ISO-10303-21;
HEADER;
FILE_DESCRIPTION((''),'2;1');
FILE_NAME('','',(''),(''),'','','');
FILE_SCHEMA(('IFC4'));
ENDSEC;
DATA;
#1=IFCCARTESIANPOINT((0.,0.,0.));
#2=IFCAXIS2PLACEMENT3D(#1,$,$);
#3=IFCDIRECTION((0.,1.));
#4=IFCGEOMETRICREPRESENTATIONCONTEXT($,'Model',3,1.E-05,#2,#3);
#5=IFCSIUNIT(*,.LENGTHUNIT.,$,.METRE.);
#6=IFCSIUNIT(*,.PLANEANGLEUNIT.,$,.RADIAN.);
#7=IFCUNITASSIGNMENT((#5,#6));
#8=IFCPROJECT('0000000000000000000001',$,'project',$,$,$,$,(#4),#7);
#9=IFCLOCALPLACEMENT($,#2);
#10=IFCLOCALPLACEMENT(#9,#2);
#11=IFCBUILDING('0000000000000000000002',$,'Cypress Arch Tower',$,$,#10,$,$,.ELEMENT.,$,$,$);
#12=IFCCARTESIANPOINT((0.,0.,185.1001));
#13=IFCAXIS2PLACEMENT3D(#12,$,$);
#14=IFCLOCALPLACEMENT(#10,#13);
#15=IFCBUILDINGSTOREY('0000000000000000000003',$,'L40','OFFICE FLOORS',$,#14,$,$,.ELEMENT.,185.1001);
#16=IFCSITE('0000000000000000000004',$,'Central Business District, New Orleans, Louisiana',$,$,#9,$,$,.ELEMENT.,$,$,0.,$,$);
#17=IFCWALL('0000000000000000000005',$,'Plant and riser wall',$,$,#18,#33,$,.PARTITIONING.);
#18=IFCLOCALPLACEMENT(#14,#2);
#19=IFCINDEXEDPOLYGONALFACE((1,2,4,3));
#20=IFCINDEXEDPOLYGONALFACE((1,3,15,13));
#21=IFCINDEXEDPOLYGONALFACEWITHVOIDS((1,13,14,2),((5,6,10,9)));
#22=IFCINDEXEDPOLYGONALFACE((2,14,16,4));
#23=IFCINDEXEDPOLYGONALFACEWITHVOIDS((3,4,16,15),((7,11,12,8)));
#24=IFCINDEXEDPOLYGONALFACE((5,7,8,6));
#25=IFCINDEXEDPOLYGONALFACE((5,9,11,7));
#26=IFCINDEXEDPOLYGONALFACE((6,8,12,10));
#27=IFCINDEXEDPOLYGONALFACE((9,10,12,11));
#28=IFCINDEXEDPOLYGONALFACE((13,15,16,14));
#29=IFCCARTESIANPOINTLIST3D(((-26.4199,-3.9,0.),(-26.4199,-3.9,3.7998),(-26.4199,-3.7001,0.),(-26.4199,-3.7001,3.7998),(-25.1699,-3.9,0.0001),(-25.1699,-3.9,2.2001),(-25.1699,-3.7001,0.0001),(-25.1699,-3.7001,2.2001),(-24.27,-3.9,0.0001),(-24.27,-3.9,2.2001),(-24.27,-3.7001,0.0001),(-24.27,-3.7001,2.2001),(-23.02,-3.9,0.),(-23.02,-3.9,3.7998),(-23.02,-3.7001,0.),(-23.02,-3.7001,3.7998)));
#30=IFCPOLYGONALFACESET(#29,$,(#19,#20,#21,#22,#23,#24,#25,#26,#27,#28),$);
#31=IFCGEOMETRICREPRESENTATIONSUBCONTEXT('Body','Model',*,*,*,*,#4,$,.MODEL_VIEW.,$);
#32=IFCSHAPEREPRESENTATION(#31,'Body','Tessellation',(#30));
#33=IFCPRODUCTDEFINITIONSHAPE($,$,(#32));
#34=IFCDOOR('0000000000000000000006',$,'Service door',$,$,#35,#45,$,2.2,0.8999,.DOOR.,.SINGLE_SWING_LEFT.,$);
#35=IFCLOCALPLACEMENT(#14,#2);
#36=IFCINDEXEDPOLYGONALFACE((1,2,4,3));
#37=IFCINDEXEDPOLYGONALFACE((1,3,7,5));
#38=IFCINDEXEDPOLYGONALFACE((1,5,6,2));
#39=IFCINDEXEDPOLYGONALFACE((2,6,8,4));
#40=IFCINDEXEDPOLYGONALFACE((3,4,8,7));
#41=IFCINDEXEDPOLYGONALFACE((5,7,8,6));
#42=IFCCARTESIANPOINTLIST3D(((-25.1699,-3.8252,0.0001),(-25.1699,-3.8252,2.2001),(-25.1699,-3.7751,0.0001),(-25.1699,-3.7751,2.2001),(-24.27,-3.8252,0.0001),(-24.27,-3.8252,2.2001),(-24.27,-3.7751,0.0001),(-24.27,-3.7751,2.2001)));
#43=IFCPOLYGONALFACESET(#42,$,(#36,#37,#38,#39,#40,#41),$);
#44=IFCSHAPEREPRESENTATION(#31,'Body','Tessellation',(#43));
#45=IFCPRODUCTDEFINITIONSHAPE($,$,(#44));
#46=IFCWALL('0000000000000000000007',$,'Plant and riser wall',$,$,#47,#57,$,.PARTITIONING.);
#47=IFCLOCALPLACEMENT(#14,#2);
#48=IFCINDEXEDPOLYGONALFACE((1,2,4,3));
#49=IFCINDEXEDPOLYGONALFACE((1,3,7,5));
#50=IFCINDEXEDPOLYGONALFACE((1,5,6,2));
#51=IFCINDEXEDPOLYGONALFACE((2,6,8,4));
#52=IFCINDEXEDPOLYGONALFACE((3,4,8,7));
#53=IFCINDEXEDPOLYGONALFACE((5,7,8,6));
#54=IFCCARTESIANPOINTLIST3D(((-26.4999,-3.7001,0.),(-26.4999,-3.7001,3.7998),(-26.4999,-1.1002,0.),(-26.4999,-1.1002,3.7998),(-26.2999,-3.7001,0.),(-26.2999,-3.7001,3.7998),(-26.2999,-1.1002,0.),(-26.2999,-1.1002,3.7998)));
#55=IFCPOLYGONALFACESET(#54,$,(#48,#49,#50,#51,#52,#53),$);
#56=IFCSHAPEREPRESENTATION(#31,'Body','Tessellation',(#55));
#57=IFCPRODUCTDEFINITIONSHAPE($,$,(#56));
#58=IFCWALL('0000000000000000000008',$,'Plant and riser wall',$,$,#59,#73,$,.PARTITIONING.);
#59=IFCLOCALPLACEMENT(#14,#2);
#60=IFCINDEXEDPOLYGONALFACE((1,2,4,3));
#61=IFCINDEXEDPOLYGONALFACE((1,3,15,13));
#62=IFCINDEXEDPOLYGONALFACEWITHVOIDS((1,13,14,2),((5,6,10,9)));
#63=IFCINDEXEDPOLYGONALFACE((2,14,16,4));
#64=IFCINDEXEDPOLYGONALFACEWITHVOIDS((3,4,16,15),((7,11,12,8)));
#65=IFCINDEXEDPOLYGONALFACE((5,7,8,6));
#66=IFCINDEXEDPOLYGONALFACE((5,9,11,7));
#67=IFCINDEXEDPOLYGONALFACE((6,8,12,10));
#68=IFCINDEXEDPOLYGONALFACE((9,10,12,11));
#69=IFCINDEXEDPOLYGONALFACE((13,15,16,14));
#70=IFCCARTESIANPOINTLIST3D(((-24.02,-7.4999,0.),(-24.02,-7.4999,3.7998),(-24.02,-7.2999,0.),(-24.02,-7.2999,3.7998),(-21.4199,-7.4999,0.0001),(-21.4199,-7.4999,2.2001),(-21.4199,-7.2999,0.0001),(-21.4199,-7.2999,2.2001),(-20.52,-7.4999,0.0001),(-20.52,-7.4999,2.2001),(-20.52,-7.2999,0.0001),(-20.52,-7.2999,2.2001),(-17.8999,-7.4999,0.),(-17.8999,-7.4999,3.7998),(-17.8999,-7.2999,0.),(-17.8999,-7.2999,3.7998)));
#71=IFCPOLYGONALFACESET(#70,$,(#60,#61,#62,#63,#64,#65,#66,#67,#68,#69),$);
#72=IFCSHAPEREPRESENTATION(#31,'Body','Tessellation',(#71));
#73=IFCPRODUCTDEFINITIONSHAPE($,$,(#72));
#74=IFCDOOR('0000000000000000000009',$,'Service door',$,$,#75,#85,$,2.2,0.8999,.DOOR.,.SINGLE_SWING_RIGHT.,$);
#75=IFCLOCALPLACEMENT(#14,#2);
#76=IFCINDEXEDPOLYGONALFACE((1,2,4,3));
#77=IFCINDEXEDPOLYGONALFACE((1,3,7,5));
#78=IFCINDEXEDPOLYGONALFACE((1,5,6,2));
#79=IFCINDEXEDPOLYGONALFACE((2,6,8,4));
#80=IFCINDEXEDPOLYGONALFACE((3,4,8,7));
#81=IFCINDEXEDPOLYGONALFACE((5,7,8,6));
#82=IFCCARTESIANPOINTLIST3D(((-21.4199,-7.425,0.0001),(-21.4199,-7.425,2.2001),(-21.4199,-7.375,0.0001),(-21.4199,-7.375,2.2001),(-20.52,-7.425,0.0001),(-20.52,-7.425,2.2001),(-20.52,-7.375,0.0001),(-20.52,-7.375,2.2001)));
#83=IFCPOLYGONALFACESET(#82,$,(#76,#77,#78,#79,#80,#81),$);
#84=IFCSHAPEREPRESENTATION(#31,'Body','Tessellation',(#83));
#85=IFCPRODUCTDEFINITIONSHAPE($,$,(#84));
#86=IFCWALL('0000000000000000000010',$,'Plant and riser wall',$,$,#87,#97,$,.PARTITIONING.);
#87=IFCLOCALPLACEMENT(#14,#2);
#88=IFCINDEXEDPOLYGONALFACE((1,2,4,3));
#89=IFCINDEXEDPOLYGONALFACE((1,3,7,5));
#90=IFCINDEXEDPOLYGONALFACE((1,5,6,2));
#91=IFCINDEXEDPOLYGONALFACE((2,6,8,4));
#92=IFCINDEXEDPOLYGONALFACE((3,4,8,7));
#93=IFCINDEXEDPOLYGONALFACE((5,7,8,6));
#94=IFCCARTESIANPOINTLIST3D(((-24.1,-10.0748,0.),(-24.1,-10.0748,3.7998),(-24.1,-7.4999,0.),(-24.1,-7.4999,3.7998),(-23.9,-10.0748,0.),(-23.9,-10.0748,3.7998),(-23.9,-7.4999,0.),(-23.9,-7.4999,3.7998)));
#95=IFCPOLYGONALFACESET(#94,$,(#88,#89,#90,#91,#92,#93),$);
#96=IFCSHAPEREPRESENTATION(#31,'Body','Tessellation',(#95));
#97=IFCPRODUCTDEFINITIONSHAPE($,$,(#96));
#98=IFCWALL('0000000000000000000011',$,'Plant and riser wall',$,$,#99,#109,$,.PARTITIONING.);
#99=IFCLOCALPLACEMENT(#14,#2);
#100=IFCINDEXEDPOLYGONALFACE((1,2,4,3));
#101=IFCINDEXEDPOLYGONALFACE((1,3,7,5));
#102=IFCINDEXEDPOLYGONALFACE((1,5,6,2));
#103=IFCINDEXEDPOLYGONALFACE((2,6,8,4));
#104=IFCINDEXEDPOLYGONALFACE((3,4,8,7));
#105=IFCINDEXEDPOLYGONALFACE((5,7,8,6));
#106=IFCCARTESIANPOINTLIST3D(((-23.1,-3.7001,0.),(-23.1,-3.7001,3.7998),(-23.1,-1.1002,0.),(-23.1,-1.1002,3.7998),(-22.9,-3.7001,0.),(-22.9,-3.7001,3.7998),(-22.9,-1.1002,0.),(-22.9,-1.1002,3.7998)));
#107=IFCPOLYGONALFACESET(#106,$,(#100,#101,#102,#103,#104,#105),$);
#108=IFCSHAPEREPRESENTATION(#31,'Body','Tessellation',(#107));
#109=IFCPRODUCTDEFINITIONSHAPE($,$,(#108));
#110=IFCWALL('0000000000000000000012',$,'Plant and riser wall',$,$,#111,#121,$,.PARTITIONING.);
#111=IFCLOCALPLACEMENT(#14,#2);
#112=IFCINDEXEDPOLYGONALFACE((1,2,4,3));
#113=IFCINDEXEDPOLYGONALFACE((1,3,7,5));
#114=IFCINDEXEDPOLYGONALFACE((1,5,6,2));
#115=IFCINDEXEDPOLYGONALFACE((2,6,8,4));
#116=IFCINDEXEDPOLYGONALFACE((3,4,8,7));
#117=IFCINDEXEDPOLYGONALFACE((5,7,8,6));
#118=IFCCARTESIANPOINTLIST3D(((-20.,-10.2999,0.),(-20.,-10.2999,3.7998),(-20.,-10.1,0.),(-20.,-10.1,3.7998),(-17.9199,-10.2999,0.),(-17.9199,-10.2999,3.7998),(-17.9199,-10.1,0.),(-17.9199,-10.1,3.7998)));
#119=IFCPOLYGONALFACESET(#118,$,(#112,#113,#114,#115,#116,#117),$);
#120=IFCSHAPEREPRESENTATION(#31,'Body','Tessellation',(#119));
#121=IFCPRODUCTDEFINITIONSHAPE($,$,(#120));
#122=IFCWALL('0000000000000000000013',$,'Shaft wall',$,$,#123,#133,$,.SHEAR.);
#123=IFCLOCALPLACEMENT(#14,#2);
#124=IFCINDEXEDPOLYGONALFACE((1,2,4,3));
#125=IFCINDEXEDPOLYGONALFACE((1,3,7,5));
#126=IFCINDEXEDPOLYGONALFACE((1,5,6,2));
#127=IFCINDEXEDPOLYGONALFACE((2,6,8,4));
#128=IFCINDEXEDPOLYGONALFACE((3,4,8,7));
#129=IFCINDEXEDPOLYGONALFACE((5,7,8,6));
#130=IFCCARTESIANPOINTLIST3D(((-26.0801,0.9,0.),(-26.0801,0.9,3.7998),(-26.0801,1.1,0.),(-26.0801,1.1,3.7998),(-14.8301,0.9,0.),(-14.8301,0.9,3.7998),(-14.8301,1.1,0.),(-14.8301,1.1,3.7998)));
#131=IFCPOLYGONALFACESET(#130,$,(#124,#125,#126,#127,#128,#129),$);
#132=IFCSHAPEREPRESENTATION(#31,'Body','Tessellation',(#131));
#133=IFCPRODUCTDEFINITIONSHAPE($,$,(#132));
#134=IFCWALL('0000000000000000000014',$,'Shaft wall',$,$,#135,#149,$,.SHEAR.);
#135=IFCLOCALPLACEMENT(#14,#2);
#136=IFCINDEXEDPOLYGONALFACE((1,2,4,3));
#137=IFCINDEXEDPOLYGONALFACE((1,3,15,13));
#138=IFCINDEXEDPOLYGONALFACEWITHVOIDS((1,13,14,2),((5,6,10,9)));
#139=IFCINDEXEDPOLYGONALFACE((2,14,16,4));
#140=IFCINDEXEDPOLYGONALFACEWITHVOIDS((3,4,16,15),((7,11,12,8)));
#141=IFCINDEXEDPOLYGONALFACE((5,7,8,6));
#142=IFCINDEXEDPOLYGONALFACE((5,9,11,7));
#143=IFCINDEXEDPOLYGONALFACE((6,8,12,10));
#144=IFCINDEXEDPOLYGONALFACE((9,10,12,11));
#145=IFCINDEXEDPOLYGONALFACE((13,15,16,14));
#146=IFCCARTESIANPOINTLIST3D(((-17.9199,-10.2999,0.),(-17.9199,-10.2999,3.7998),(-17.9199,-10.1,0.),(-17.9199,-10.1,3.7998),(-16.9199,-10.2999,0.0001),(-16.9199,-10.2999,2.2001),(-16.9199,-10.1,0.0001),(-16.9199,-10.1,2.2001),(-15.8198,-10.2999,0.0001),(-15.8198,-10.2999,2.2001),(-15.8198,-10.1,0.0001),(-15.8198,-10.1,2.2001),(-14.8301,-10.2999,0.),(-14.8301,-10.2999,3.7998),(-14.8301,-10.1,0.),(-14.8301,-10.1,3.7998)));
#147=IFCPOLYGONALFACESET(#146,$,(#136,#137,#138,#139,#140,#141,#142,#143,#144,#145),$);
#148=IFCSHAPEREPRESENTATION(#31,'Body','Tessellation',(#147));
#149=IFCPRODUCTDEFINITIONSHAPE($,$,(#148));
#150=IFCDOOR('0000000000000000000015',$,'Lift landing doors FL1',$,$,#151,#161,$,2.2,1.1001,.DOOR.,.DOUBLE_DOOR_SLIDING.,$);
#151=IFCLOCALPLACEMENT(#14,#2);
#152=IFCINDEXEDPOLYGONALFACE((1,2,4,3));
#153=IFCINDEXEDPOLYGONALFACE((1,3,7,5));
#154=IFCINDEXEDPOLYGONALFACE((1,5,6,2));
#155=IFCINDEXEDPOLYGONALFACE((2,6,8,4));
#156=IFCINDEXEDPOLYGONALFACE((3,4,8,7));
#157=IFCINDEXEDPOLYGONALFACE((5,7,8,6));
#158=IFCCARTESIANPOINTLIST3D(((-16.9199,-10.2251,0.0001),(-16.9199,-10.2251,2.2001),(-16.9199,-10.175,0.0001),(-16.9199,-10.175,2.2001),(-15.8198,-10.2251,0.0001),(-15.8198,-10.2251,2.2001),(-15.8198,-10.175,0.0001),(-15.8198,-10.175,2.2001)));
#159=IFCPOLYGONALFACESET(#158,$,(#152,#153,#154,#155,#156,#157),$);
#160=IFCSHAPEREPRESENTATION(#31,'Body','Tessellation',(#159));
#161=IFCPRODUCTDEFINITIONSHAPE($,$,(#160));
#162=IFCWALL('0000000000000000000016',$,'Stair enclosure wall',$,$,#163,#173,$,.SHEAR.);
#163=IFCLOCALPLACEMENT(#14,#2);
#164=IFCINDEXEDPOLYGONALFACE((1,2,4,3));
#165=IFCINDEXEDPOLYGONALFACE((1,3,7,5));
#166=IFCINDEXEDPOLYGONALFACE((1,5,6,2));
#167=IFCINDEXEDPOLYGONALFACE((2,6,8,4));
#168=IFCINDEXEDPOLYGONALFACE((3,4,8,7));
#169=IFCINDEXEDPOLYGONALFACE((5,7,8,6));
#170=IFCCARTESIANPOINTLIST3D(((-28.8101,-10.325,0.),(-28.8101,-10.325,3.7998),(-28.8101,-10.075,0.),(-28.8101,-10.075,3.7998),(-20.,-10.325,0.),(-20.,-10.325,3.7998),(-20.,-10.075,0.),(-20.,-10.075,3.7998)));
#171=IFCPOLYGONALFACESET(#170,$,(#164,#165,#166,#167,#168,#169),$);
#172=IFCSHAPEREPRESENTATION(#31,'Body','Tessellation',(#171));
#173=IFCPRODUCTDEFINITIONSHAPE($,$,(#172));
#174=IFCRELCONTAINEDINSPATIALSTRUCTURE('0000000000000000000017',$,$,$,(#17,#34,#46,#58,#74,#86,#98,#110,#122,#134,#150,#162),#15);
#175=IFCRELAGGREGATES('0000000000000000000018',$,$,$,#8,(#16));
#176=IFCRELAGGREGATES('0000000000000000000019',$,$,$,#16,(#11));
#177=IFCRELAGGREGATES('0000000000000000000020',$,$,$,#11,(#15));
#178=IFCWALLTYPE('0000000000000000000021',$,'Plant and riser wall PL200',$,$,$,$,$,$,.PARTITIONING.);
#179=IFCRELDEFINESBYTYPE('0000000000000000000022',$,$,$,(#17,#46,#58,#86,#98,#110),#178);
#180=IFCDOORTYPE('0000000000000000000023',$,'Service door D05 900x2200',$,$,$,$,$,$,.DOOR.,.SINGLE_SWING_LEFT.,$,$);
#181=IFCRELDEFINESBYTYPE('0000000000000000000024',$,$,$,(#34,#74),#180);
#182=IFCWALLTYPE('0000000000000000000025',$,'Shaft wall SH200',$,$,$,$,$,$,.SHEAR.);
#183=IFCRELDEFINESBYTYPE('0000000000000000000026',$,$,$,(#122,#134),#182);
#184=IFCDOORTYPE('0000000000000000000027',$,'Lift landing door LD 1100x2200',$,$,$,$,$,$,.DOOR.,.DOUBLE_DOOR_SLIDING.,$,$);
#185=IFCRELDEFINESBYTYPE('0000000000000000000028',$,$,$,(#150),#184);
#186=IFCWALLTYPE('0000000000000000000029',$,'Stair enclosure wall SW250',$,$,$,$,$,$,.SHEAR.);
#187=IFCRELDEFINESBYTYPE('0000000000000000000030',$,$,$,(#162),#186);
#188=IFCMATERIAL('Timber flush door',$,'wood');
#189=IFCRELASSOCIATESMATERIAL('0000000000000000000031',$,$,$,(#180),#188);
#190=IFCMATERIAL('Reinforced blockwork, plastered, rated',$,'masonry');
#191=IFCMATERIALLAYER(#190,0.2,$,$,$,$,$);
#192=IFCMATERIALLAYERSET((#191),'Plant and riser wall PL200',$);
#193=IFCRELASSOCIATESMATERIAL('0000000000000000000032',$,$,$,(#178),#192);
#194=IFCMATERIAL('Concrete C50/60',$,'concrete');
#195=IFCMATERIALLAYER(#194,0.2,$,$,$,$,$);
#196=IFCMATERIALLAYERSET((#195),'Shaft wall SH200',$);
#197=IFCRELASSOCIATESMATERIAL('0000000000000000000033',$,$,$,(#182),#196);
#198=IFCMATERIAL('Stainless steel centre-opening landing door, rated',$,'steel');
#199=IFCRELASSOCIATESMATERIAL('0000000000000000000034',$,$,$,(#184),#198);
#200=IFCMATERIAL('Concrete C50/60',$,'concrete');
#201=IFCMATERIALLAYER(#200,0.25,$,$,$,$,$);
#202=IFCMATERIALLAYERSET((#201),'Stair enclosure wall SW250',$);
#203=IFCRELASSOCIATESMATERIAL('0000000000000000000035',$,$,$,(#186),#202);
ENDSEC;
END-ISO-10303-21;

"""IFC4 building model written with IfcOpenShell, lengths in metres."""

from ifc_helpers import new_model, si_unit, direction, frame, frame_2d, origin, place, context, subcontext, project, spatial, rectangle, extrude, material, layer, layer_set, type_object, element, fill, save


model = new_model("IFC4")

# Units and contexts
model_context = context("Model", 3, precision=1e-05, world=origin(), true_north=direction((0.0, 1.0)))
body_context = subcontext(model_context, "Body", "Model", "MODEL_VIEW")
ifc_project = project(units=[si_unit("LENGTHUNIT", "METRE"), si_unit("PLANEANGLEUNIT", "RADIAN")], contexts=[model_context])

# Site, building, storey
site_placement = place(None, origin())
site = spatial("IfcSite", under=ifc_project, at=site_placement, Name="Central Business District, New Orleans, Louisiana", CompositionType="ELEMENT", RefElevation=0.0)
building_placement = place(site_placement, origin())
building = spatial("IfcBuilding", under=site, at=building_placement, Name="Cypress Arch Tower", CompositionType="ELEMENT")
storey_placement = place(building_placement, frame((0.0, 0.0, 185.1001)))
storey = spatial("IfcBuildingStorey", under=building, at=storey_placement, Name="L40", Description="OFFICE FLOORS", CompositionType="ELEMENT", Elevation=185.1001)

# Shared definitions
ifc_material_1 = material(Name="Timber flush door", Category="wood")
door_type_1 = type_object("IfcDoorType", Name="Service door D05 900x2200", OperationType="SINGLE_SWING_LEFT", PredefinedType="DOOR", material=ifc_material_1)

# Shared definitions
ifc_material_2 = material(Name="Reinforced blockwork, plastered, rated", Category="masonry")
ifc_layer_1 = layer(ifc_material_2, 0.2)
ifc_layer_set_1 = layer_set([ifc_layer_1], Name="Plant and riser wall PL200")
wall_type_1 = type_object("IfcWallType", Name="Plant and riser wall PL200", PredefinedType="PARTITIONING", material=ifc_layer_set_1)

# Wall, opening, door
wall_1_placement = place(storey_placement, frame((-26.4199, -3.8, 0.0), z_axis=(0.0, 0.0, 1.0), x_axis=(1.0, 0.0, 0.0)))
wall_1 = element("IfcWall", 1, at=wall_1_placement, inside=storey, type_object=wall_type_1, Name="Plant and riser wall", PredefinedType="PARTITIONING", context=body_context, shape_type="SweptSolid", body=[
    extrude(rectangle(XDim=3.3999, YDim=0.2, at=frame_2d((1.7, 0.0))), origin(), (0.0, 0.0, 1.0), 3.7998),
])
opening_1_placement = place(wall_1_placement, frame((1.25, 0.0, 0.0)))
opening_1 = element("IfcOpeningElement", 2, at=opening_1_placement, cuts=wall_1, PredefinedType="OPENING", context=body_context, shape_type="SweptSolid", body=[
    extrude(rectangle(XDim=0.8999, YDim=2.2, at=frame_2d((0.45, 1.1001))), frame((0.0, 0.1099, 0.0), z_axis=(0.0, -1.0, 0.0), x_axis=(1.0, 0.0, 0.0)), (0.0, 0.0, 1.0), 0.22),
])
door_1_placement = place(opening_1_placement, origin())
door_1 = element("IfcDoor", 3, at=door_1_placement, inside=storey, type_object=door_type_1, Name="Service door", OperationType="SINGLE_SWING_LEFT", OverallHeight=2.2, OverallWidth=0.8999, PredefinedType="DOOR", context=body_context, shape_type="SweptSolid", body=[
    extrude(rectangle(XDim=0.8999, YDim=2.2, at=frame_2d((0.45, 1.1001))), frame((0.0, 0.0249, 0.0), z_axis=(0.0, -1.0, 0.0), x_axis=(1.0, 0.0, 0.0)), (0.0, 0.0, 1.0), 0.05),
])
fill(opening_1, door_1)

# Wall
wall_2_placement = place(storey_placement, frame((-26.3999, -3.7, 0.0), z_axis=(0.0, 0.0, 1.0), x_axis=(0.0, 1.0, 0.0)))
element("IfcWall", 4, at=wall_2_placement, inside=storey, type_object=wall_type_1, Name="Plant and riser wall", PredefinedType="PARTITIONING", context=body_context, shape_type="SweptSolid", body=[
    extrude(rectangle(XDim=2.5999, YDim=0.2, at=frame_2d((1.2998, 0.0))), origin(), (0.0, 0.0, 1.0), 3.7998),
])

# Wall, opening, door
wall_3_placement = place(storey_placement, frame((-24.02, -7.3999, 0.0), z_axis=(0.0, 0.0, 1.0), x_axis=(1.0, 0.0, 0.0)))
wall_3 = element("IfcWall", 5, at=wall_3_placement, inside=storey, type_object=wall_type_1, Name="Plant and riser wall", PredefinedType="PARTITIONING", context=body_context, shape_type="SweptSolid", body=[
    extrude(rectangle(XDim=6.1201, YDim=0.2, at=frame_2d((3.0601, 0.0))), origin(), (0.0, 0.0, 1.0), 3.7998),
])
opening_2_placement = place(wall_3_placement, frame((2.6001, 0.0, 0.0)))
opening_2 = element("IfcOpeningElement", 6, at=opening_2_placement, cuts=wall_3, PredefinedType="OPENING", context=body_context, shape_type="SweptSolid", body=[
    extrude(rectangle(XDim=0.8999, YDim=2.2, at=frame_2d((0.45, 1.1001))), frame((0.0, 0.1099, 0.0), z_axis=(0.0, -1.0, 0.0), x_axis=(1.0, 0.0, 0.0)), (0.0, 0.0, 1.0), 0.22),
])
door_2_placement = place(opening_2_placement, origin())
door_2 = element("IfcDoor", 7, at=door_2_placement, inside=storey, type_object=door_type_1, Name="Service door", OperationType="SINGLE_SWING_RIGHT", OverallHeight=2.2, OverallWidth=0.8999, PredefinedType="DOOR", context=body_context, shape_type="SweptSolid", body=[
    extrude(rectangle(XDim=0.8999, YDim=2.2, at=frame_2d((0.45, 1.1001))), frame((0.0, 0.0249, 0.0), z_axis=(0.0, -1.0, 0.0), x_axis=(1.0, 0.0, 0.0)), (0.0, 0.0, 1.0), 0.05),
])
fill(opening_2, door_2)

# Walls
wall_4_placement = place(storey_placement, frame((-24.0, -10.075, 0.0), z_axis=(0.0, 0.0, 1.0), x_axis=(0.0, 1.0, 0.0)))
element("IfcWall", 8, at=wall_4_placement, inside=storey, type_object=wall_type_1, Name="Plant and riser wall", PredefinedType="PARTITIONING", context=body_context, shape_type="SweptSolid", body=[
    extrude(rectangle(XDim=2.575, YDim=0.2, at=frame_2d((1.2876, 0.0))), origin(), (0.0, 0.0, 1.0), 3.7998),
])
wall_5_placement = place(storey_placement, frame((-23.0, -3.7, 0.0), z_axis=(0.0, 0.0, 1.0), x_axis=(0.0, 1.0, 0.0)))
element("IfcWall", 9, at=wall_5_placement, inside=storey, type_object=wall_type_1, Name="Plant and riser wall", PredefinedType="PARTITIONING", context=body_context, shape_type="SweptSolid", body=[
    extrude(rectangle(XDim=2.5999, YDim=0.2, at=frame_2d((1.2998, 0.0))), origin(), (0.0, 0.0, 1.0), 3.7998),
])
wall_6_placement = place(storey_placement, frame((-20.0, -10.2, 0.0), z_axis=(0.0, 0.0, 1.0), x_axis=(1.0, 0.0, 0.0)))
element("IfcWall", 10, at=wall_6_placement, inside=storey, type_object=wall_type_1, Name="Plant and riser wall", PredefinedType="PARTITIONING", context=body_context, shape_type="SweptSolid", body=[
    extrude(rectangle(XDim=2.0801, YDim=0.2, at=frame_2d((1.04, 0.0))), origin(), (0.0, 0.0, 1.0), 3.7998),
])
ifc_material_3 = material(Name="Concrete C50/60", Category="concrete")
ifc_layer_2 = layer(ifc_material_3, 0.2)
ifc_layer_set_2 = layer_set([ifc_layer_2], Name="Shaft wall SH200")
wall_type_2 = type_object("IfcWallType", Name="Shaft wall SH200", PredefinedType="SHEAR", material=ifc_layer_set_2)
wall_7_placement = place(storey_placement, frame((-26.0801, 1.0, 0.0), z_axis=(0.0, 0.0, 1.0), x_axis=(1.0, 0.0, 0.0)))
element("IfcWall", 11, at=wall_7_placement, inside=storey, type_object=wall_type_2, Name="Shaft wall", PredefinedType="SHEAR", context=body_context, shape_type="SweptSolid", body=[
    extrude(rectangle(XDim=11.25, YDim=0.2, at=frame_2d((5.625, 0.0))), origin(), (0.0, 0.0, 1.0), 3.7998),
])

# Wall, opening, door
wall_8_placement = place(storey_placement, frame((-17.9199, -10.2, 0.0), z_axis=(0.0, 0.0, 1.0), x_axis=(1.0, 0.0, 0.0)))
wall_8 = element("IfcWall", 12, at=wall_8_placement, inside=storey, type_object=wall_type_2, Name="Shaft wall", PredefinedType="SHEAR", context=body_context, shape_type="SweptSolid", body=[
    extrude(rectangle(XDim=3.0898, YDim=0.2, at=frame_2d((1.5449, 0.0))), origin(), (0.0, 0.0, 1.0), 3.7998),
])
opening_3_placement = place(wall_8_placement, frame((1.0, 0.0, 0.0)))
opening_3 = element("IfcOpeningElement", 13, at=opening_3_placement, cuts=wall_8, PredefinedType="OPENING", context=body_context, shape_type="SweptSolid", body=[
    extrude(rectangle(XDim=1.1001, YDim=2.2, at=frame_2d((0.55, 1.1001))), frame((0.0, 0.1099, 0.0), z_axis=(0.0, -1.0, 0.0), x_axis=(1.0, 0.0, 0.0)), (0.0, 0.0, 1.0), 0.22),
])
ifc_material_4 = material(Name="Stainless steel centre-opening landing door, rated", Category="steel")
door_type_2 = type_object("IfcDoorType", Name="Lift landing door LD 1100x2200", OperationType="DOUBLE_DOOR_SLIDING", PredefinedType="DOOR", material=ifc_material_4)
door_3_placement = place(opening_3_placement, origin())
door_3 = element("IfcDoor", 14, at=door_3_placement, inside=storey, type_object=door_type_2, Name="Lift landing doors FL1", OperationType="DOUBLE_DOOR_SLIDING", OverallHeight=2.2, OverallWidth=1.1001, PredefinedType="DOOR", context=body_context, shape_type="SweptSolid", body=[
    extrude(rectangle(XDim=1.1001, YDim=2.2, at=frame_2d((0.55, 1.1001))), frame((0.0, 0.0249, 0.0), z_axis=(0.0, -1.0, 0.0), x_axis=(1.0, 0.0, 0.0)), (0.0, 0.0, 1.0), 0.05),
])
fill(opening_3, door_3)

# Wall
ifc_material_5 = material(Name="Concrete C50/60", Category="concrete")
ifc_layer_3 = layer(ifc_material_5, 0.25)
ifc_layer_set_3 = layer_set([ifc_layer_3], Name="Stair enclosure wall SW250")
wall_type_3 = type_object("IfcWallType", Name="Stair enclosure wall SW250", PredefinedType="SHEAR", material=ifc_layer_set_3)
wall_9_placement = place(storey_placement, frame((-28.8101, -10.2, 0.0), z_axis=(0.0, 0.0, 1.0), x_axis=(1.0, 0.0, 0.0)))
element("IfcWall", 15, at=wall_9_placement, inside=storey, type_object=wall_type_3, Name="Stair enclosure wall", PredefinedType="SHEAR", context=body_context, shape_type="SweptSolid", body=[
    extrude(rectangle(XDim=8.8101, YDim=0.25, at=frame_2d((4.405, 0.0))), origin(), (0.0, 0.0, 1.0), 3.7998),
])

save(model, "model.ifc")
